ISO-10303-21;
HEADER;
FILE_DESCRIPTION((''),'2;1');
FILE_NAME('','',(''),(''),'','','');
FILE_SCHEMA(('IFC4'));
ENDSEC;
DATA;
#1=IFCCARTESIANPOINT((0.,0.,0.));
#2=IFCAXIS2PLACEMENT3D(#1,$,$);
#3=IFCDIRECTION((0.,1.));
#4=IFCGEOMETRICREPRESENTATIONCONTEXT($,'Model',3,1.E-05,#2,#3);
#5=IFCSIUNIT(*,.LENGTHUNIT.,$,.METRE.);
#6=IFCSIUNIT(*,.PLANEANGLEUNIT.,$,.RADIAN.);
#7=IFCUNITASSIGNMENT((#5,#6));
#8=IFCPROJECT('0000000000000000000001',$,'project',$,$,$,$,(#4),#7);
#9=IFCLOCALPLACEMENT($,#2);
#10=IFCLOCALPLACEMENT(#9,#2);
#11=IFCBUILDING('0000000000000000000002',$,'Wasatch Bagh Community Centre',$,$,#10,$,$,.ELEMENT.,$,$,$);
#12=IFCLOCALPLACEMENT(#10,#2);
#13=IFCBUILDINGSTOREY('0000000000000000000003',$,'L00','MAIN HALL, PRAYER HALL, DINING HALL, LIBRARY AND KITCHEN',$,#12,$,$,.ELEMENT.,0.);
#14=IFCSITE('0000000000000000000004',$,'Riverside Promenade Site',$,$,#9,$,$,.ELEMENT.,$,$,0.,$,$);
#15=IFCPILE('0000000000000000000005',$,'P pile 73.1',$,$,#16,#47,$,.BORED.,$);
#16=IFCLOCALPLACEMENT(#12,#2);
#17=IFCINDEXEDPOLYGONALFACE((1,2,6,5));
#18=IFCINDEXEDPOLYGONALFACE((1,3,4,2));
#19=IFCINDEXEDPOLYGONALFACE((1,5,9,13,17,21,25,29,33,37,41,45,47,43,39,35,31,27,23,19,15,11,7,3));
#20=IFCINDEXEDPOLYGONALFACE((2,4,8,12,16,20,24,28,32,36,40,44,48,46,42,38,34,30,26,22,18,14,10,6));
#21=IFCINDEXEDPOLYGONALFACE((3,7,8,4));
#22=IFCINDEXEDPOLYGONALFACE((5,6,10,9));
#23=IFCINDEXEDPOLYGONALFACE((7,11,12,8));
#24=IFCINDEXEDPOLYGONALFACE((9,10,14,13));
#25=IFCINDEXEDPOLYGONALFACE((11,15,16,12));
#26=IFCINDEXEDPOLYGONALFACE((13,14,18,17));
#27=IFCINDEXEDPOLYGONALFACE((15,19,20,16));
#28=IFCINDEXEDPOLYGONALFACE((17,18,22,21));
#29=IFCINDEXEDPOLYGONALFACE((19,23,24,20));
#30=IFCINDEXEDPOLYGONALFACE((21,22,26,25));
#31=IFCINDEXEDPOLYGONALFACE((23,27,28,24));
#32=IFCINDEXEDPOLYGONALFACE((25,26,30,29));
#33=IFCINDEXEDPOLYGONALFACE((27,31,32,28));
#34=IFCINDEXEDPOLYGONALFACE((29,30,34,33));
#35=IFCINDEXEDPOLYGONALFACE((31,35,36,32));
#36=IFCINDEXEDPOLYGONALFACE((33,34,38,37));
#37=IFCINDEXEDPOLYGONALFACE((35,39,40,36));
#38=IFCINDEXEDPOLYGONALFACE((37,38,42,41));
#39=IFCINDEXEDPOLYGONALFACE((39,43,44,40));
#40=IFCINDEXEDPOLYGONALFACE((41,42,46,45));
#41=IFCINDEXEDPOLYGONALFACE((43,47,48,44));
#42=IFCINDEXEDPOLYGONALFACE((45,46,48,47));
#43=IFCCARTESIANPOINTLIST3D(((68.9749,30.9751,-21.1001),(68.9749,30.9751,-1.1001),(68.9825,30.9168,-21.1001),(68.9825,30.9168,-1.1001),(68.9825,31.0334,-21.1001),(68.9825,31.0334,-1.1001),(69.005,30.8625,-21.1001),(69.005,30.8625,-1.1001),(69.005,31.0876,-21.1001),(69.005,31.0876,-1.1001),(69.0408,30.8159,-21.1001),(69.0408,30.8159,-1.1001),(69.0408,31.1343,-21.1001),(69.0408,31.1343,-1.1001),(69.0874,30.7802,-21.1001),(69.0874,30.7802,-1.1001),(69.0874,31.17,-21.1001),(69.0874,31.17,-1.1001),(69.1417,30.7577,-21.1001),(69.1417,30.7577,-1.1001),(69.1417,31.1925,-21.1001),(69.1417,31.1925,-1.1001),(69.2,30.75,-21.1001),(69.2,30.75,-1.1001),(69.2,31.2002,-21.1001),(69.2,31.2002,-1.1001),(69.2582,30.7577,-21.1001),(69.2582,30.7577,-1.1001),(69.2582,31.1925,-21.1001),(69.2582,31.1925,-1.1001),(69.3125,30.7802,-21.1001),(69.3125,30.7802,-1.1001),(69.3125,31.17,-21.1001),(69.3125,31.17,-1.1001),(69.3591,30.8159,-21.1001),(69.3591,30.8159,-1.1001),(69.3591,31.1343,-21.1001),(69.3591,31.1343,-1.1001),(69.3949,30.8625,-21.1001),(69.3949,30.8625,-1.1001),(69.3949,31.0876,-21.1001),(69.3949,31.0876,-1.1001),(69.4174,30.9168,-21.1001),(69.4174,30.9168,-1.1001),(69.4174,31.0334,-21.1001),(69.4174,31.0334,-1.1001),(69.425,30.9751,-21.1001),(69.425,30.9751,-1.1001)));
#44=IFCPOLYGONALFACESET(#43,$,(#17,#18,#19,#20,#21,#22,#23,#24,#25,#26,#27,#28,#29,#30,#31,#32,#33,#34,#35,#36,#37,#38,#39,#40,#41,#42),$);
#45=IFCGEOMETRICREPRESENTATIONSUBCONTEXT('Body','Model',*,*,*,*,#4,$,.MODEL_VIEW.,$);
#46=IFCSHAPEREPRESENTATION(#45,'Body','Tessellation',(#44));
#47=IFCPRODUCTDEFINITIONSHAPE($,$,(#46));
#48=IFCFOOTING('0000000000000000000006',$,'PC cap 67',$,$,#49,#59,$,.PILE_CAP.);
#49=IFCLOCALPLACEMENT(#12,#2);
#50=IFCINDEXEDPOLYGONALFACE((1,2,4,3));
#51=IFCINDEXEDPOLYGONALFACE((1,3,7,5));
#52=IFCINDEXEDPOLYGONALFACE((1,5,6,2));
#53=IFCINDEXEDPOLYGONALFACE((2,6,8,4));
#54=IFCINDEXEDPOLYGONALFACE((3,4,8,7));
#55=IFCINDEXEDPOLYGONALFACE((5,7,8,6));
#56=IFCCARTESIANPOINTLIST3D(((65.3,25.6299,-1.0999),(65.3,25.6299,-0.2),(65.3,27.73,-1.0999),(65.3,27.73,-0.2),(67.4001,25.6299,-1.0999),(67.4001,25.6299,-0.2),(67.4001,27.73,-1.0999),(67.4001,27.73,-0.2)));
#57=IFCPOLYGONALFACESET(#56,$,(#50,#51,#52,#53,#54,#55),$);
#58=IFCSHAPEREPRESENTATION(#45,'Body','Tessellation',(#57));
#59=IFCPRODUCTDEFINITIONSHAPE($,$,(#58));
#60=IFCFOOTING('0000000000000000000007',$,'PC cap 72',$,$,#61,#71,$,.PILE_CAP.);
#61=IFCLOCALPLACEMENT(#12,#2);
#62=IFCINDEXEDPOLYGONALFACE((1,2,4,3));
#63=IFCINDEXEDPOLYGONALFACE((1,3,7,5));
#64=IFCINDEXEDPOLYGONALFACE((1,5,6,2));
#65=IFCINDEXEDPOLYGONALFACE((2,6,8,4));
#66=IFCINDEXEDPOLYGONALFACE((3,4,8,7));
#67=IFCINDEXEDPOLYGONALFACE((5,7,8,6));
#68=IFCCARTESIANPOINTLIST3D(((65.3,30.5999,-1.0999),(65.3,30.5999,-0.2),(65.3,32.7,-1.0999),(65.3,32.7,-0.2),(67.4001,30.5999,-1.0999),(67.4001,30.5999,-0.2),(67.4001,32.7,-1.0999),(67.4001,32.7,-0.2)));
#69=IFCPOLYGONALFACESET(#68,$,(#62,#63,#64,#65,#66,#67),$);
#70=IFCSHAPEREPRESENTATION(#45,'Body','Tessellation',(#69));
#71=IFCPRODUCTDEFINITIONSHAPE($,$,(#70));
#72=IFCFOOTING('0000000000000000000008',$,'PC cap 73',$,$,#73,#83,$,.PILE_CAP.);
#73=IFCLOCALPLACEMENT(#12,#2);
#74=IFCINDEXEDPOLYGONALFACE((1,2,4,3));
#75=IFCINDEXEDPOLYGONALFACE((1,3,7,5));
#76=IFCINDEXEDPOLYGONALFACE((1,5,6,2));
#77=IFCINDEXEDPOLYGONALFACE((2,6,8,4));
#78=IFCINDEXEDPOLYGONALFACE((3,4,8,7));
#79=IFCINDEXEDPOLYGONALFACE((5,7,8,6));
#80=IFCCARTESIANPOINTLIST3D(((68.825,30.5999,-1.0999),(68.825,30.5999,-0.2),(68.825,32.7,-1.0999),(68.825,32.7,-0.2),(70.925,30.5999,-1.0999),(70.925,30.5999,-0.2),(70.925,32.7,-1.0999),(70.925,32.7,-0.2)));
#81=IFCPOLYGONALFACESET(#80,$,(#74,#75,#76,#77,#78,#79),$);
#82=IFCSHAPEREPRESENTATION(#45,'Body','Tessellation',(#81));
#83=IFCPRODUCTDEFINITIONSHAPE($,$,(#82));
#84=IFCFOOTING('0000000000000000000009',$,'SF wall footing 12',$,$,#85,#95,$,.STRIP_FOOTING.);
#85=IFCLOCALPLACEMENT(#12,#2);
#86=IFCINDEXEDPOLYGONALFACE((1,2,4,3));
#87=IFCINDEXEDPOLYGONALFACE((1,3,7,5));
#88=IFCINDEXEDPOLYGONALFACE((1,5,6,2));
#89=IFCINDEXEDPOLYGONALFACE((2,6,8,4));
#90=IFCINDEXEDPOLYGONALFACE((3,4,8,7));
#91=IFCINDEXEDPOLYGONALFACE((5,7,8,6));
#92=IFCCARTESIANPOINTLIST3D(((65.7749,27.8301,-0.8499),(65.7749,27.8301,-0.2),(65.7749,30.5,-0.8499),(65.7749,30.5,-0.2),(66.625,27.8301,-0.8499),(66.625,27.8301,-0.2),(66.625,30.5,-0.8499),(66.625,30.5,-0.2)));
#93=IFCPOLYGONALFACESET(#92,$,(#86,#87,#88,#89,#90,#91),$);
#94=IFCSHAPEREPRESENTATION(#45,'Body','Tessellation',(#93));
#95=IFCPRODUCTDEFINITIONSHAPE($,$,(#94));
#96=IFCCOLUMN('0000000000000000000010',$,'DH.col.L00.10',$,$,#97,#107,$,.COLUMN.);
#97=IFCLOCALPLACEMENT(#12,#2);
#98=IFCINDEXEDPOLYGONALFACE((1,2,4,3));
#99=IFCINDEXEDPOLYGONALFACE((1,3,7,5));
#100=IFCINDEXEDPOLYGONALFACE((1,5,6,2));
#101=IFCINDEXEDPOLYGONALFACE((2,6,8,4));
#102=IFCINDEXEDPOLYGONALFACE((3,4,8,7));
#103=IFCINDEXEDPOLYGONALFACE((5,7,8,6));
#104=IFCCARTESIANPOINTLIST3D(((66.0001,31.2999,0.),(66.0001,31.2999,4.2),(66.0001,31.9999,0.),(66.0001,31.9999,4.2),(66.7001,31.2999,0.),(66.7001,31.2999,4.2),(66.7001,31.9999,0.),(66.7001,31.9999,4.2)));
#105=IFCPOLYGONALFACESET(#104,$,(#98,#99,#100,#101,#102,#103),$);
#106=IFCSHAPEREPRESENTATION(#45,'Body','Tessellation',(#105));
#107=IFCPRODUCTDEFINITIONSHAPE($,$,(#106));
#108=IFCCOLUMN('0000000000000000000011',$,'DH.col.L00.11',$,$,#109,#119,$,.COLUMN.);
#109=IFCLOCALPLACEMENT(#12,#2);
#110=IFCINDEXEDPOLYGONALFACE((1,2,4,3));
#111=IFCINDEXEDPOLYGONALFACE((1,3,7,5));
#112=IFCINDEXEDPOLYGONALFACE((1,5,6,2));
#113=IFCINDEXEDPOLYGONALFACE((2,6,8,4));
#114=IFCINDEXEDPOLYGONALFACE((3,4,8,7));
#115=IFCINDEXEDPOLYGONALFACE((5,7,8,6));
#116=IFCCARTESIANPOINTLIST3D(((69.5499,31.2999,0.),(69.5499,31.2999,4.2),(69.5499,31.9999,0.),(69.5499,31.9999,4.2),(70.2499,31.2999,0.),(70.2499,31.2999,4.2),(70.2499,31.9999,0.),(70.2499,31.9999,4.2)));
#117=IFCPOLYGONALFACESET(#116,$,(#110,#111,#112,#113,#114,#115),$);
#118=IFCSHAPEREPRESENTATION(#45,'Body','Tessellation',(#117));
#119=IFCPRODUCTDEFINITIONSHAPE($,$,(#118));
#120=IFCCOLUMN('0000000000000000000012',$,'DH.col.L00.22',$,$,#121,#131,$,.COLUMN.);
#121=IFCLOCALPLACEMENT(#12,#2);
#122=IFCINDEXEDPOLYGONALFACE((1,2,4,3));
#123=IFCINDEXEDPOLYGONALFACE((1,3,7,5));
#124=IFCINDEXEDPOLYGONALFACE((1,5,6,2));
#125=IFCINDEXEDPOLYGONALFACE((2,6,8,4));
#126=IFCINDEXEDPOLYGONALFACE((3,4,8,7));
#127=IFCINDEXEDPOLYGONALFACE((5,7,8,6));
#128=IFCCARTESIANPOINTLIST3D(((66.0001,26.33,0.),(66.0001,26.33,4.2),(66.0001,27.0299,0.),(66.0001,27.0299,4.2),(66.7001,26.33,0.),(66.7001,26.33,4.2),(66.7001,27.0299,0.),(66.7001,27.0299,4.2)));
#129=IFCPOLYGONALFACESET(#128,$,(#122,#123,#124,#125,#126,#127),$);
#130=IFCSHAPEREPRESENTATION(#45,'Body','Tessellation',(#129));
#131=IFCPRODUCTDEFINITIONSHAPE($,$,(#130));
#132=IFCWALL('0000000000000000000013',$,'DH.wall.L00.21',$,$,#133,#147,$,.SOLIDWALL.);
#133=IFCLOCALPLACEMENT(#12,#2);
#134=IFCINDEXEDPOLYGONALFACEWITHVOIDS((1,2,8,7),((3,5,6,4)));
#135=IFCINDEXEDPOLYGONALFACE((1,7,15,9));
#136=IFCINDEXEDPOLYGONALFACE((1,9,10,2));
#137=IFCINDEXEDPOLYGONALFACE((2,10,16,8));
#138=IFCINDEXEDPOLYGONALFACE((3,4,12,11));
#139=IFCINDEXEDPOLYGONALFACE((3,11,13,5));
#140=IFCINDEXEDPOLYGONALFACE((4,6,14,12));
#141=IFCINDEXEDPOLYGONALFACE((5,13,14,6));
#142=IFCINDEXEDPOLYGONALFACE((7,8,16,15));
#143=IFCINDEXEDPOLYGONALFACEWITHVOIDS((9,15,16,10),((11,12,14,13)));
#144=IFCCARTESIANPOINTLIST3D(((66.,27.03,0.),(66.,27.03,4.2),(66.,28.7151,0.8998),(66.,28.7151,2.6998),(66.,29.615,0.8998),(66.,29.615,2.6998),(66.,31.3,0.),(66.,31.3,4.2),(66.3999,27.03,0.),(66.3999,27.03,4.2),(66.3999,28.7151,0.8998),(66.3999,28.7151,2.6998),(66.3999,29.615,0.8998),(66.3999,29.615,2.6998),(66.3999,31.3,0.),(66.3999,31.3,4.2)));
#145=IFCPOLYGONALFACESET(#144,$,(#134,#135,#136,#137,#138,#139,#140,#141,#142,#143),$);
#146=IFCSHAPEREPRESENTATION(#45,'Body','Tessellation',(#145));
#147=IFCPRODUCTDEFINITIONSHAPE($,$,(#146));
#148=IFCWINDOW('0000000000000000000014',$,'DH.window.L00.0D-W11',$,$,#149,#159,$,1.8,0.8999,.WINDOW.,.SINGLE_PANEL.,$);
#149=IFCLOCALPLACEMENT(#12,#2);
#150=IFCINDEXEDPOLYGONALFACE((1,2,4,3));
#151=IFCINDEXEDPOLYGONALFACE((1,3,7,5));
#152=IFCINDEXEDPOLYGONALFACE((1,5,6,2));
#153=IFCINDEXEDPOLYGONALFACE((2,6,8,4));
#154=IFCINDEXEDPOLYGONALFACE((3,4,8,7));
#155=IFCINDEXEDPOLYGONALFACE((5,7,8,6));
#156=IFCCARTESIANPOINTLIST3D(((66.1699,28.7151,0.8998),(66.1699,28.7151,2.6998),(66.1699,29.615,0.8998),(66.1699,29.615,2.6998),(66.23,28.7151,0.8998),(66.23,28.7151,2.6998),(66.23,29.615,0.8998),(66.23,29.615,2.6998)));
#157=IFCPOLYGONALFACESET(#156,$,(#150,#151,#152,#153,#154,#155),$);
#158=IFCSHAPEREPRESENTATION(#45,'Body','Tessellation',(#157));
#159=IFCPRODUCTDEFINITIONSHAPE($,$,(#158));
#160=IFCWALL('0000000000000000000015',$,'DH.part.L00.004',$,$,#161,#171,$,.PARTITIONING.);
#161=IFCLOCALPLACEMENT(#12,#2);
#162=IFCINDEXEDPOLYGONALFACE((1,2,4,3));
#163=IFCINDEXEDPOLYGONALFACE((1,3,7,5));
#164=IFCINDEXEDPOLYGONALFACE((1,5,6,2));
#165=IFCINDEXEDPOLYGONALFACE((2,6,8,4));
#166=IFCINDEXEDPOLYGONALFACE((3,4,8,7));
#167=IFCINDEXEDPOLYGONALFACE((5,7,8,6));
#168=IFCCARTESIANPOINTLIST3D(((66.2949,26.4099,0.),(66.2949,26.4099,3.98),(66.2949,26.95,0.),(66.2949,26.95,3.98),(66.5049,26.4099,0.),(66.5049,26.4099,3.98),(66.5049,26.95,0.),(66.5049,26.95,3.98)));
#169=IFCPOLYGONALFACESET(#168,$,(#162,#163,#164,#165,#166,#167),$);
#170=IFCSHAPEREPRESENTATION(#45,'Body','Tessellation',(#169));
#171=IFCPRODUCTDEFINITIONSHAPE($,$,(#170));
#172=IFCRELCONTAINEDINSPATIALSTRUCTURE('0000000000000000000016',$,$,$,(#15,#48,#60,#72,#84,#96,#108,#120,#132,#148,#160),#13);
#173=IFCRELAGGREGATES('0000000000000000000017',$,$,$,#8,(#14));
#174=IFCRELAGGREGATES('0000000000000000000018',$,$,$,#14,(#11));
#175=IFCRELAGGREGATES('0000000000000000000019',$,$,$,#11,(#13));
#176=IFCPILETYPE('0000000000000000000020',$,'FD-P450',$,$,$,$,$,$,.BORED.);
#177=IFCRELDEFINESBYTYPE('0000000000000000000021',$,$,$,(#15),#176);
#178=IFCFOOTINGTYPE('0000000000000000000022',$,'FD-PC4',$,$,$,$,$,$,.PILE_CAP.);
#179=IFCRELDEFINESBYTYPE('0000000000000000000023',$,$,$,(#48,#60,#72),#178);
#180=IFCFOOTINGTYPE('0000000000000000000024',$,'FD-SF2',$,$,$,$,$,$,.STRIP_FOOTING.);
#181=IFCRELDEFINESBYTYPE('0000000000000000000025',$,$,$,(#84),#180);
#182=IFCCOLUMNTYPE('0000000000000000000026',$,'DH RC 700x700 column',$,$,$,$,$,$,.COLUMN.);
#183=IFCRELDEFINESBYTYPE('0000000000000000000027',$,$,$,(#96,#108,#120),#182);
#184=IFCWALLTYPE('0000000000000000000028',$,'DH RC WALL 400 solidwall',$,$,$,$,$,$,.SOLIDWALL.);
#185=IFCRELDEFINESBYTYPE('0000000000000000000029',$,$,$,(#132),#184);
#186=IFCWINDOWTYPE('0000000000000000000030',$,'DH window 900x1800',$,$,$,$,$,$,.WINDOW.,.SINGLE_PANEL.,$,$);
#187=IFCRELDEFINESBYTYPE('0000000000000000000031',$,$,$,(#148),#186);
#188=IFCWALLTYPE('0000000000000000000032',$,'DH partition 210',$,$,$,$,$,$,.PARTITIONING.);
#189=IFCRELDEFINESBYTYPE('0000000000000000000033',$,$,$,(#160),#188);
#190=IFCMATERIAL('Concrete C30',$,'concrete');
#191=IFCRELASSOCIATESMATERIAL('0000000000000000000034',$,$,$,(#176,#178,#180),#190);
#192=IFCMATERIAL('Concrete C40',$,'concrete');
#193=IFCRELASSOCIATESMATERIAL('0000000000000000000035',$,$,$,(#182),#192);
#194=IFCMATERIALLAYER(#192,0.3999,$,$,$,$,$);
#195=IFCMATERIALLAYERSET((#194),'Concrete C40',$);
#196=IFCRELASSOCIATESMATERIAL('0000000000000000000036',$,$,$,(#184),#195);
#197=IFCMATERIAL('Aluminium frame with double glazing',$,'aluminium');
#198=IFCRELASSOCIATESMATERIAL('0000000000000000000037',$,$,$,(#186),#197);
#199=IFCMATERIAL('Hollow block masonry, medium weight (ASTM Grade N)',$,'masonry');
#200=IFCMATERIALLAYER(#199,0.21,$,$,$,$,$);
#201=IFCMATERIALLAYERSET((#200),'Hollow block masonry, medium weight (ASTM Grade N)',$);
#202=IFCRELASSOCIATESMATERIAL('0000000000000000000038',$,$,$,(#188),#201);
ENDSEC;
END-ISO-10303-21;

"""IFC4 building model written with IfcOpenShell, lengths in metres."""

from ifc_helpers import new_model, si_unit, direction, frame, frame_2d, origin, origin_2d, place, context, subcontext, project, spatial, rectangle, circle, extrude, material, layer, layer_set, material_profile, profile_set, type_object, element, fill, save


model = new_model("IFC4")

# Units and contexts
model_context = context("Model", 3, precision=1e-05, world=origin(), true_north=direction((0.0, 1.0)))
body_context = subcontext(model_context, "Body", "Model", "MODEL_VIEW")
ifc_project = project(units=[si_unit("LENGTHUNIT", "METRE"), si_unit("PLANEANGLEUNIT", "RADIAN")], contexts=[model_context])

# Site, building, storey
site_placement = place(None, origin())
site = spatial("IfcSite", under=ifc_project, at=site_placement, Name="Riverside Promenade Site", CompositionType="ELEMENT", RefElevation=0.0)
building_placement = place(site_placement, origin())
building = spatial("IfcBuilding", under=site, at=building_placement, Name="Wasatch Bagh Community Centre", CompositionType="ELEMENT")
storey_placement = place(building_placement, origin())
storey = spatial("IfcBuildingStorey", under=building, at=storey_placement, Name="L00", Description="MAIN HALL, PRAYER HALL, DINING HALL, LIBRARY AND KITCHEN", CompositionType="ELEMENT", Elevation=0.0)

# Pile
ifc_material_1 = material(Name="Concrete C30", Category="concrete")
ifc_material_profile_1 = material_profile(ifc_material_1, circle(Radius=0.2251, at=origin_2d()), Name="RC D450")
ifc_profile_set_1 = profile_set([ifc_material_profile_1], Name="Concrete C30")
pile_type = type_object("IfcPileType", Name="FD-P450", PredefinedType="BORED", material=ifc_profile_set_1)
for number, where, z_axis, x_axis, name in (
    (1, (69.2, 30.9751, -1.1001), (0.0, 0.0, -1.0), (1.0, 0.0, 0.0), "P pile 73.1"),
):
    element("IfcPile", number, at=place(storey_placement, frame(where, z_axis=z_axis, x_axis=x_axis)), inside=storey, type_object=pile_type, Name=name, PredefinedType="BORED", context=body_context, shape_type="SweptSolid", body=[
        extrude(circle(Radius=0.2251, at=origin_2d()), origin(), (0.0, 0.0, 1.0), 20.0),
    ])

# Footings
footing_type_1 = type_object("IfcFootingType", Name="FD-PC4", PredefinedType="PILE_CAP", material=ifc_material_1)
for number, where, z_axis, x_axis, name in (
    (2, (66.3501, 26.6799, -1.0999), (0.0, 0.0, 1.0), (1.0, 0.0, 0.0), "PC cap 67"),
    (3, (66.3501, 31.6499, -1.0999), (0.0, 0.0, 1.0), (1.0, 0.0, 0.0), "PC cap 72"),
    (4, (69.875, 31.6499, -1.0999), (0.0, 0.0, 1.0), (1.0, 0.0, 0.0), "PC cap 73"),
):
    element("IfcFooting", number, at=place(storey_placement, frame(where, z_axis=z_axis, x_axis=x_axis)), inside=storey, type_object=footing_type_1, Name=name, PredefinedType="PILE_CAP", context=body_context, shape_type="SweptSolid", body=[
        extrude(rectangle(XDim=2.1001, YDim=2.1001, at=origin_2d()), origin(), (0.0, 0.0, 1.0), 0.8999),
    ])
footing_type_2 = type_object("IfcFootingType", Name="FD-SF2", PredefinedType="STRIP_FOOTING", material=ifc_material_1)
footing_1_placement = place(storey_placement, frame((66.2, 29.165, -0.8499), z_axis=(0.0, 0.0, 1.0), x_axis=(0.0, 1.0, 0.0)))
element("IfcFooting", 5, at=footing_1_placement, inside=storey, type_object=footing_type_2, Name="SF wall footing 12", PredefinedType="STRIP_FOOTING", context=body_context, shape_type="SweptSolid", body=[
    extrude(rectangle(XDim=2.6699, YDim=0.8501, at=origin_2d()), origin(), (0.0, 0.0, 1.0), 0.6499),
])

# Columns
ifc_material_2 = material(Name="Concrete C40", Category="concrete")
ifc_material_profile_2 = material_profile(ifc_material_2, rectangle(XDim=0.7, YDim=0.7, at=origin_2d()), Name="RC 700x700")
ifc_profile_set_2 = profile_set([ifc_material_profile_2], Name="Concrete C40")
column_type = type_object("IfcColumnType", Name="DH RC 700x700 column", PredefinedType="COLUMN", material=ifc_profile_set_2)
for number, where, z_axis, x_axis, name in (
    (6, (66.3501, 31.6499, 0.0), (0.0, 0.0, 1.0), (1.0, 0.0, 0.0), "DH.col.L00.10"),
    (7, (69.8999, 31.6499, 0.0), (0.0, 0.0, 1.0), (1.0, 0.0, 0.0), "DH.col.L00.11"),
    (8, (66.3501, 26.6799, 0.0), (0.0, 0.0, 1.0), (1.0, 0.0, 0.0), "DH.col.L00.22"),
):
    element("IfcColumn", number, at=place(storey_placement, frame(where, z_axis=z_axis, x_axis=x_axis)), inside=storey, type_object=column_type, Name=name, PredefinedType="COLUMN", context=body_context, shape_type="SweptSolid", body=[
        extrude(rectangle(XDim=0.7, YDim=0.7, at=origin_2d()), origin(), (0.0, 0.0, 1.0), 4.2),
    ])

# Wall, opening, window
ifc_layer_1 = layer(ifc_material_2, 0.3999)
ifc_layer_set_1 = layer_set([ifc_layer_1], Name="Concrete C40")
wall_type_1 = type_object("IfcWallType", Name="DH RC WALL 400 solidwall", PredefinedType="SOLIDWALL", material=ifc_layer_set_1)
wall_1_placement = place(storey_placement, frame((66.2, 27.03, 0.0), z_axis=(0.0, 0.0, 1.0), x_axis=(0.0, 1.0, 0.0)))
wall_1 = element("IfcWall", 9, at=wall_1_placement, inside=storey, type_object=wall_type_1, Name="DH.wall.L00.21", PredefinedType="SOLIDWALL", context=body_context, shape_type="SweptSolid", body=[
    extrude(rectangle(XDim=4.27, YDim=0.3999, at=frame_2d((2.135, 0.0))), origin(), (0.0, 0.0, 1.0), 4.2),
])
opening_placement = place(wall_1_placement, frame((1.6851, 0.0, 0.8999)))
opening = element("IfcOpeningElement", 10, at=opening_placement, cuts=wall_1, PredefinedType="OPENING", context=body_context, shape_type="SweptSolid", body=[
    extrude(rectangle(XDim=0.8999, YDim=1.8, at=frame_2d((0.45, 0.8999))), frame((0.0, 0.21, 0.0), z_axis=(0.0, -1.0, 0.0), x_axis=(1.0, 0.0, 0.0)), (0.0, 0.0, 1.0), 0.4199),
])
ifc_material_3 = material(Name="Aluminium frame with double glazing", Category="aluminium")
window_type = type_object("IfcWindowType", Name="DH window 900x1800", PartitioningType="SINGLE_PANEL", PredefinedType="WINDOW", material=ifc_material_3)
window_placement = place(opening_placement, origin())
window = element("IfcWindow", 11, at=window_placement, inside=storey, type_object=window_type, Name="DH.window.L00.0D-W11", OverallHeight=1.8, OverallWidth=0.8999, PartitioningType="SINGLE_PANEL", PredefinedType="WINDOW", context=body_context, shape_type="SweptSolid", body=[
    extrude(rectangle(XDim=0.8999, YDim=1.8, at=frame_2d((0.45, 0.8999))), frame((0.0, 0.03, 0.0), z_axis=(0.0, -1.0, 0.0), x_axis=(1.0, 0.0, 0.0)), (0.0, 0.0, 1.0), 0.0601),
])
fill(opening, window)

# Wall
ifc_material_4 = material(Name="Hollow block masonry, medium weight (ASTM Grade N)", Category="masonry")
ifc_layer_2 = layer(ifc_material_4, 0.21)
ifc_layer_set_2 = layer_set([ifc_layer_2], Name="Hollow block masonry, medium weight (ASTM Grade N)")
wall_type_2 = type_object("IfcWallType", Name="DH partition 210", PredefinedType="PARTITIONING", material=ifc_layer_set_2)
wall_2_placement = place(storey_placement, frame((66.3999, 26.95, 0.0), z_axis=(0.0, 0.0, 1.0), x_axis=(0.0, -1.0, 0.0)))
element("IfcWall", 12, at=wall_2_placement, inside=storey, type_object=wall_type_2, Name="DH.part.L00.004", PredefinedType="PARTITIONING", context=body_context, shape_type="SweptSolid", body=[
    extrude(rectangle(XDim=0.54, YDim=0.21, at=frame_2d((0.27, 0.0))), origin(), (0.0, 0.0, 1.0), 3.98),
])

save(model, "model.ifc")
